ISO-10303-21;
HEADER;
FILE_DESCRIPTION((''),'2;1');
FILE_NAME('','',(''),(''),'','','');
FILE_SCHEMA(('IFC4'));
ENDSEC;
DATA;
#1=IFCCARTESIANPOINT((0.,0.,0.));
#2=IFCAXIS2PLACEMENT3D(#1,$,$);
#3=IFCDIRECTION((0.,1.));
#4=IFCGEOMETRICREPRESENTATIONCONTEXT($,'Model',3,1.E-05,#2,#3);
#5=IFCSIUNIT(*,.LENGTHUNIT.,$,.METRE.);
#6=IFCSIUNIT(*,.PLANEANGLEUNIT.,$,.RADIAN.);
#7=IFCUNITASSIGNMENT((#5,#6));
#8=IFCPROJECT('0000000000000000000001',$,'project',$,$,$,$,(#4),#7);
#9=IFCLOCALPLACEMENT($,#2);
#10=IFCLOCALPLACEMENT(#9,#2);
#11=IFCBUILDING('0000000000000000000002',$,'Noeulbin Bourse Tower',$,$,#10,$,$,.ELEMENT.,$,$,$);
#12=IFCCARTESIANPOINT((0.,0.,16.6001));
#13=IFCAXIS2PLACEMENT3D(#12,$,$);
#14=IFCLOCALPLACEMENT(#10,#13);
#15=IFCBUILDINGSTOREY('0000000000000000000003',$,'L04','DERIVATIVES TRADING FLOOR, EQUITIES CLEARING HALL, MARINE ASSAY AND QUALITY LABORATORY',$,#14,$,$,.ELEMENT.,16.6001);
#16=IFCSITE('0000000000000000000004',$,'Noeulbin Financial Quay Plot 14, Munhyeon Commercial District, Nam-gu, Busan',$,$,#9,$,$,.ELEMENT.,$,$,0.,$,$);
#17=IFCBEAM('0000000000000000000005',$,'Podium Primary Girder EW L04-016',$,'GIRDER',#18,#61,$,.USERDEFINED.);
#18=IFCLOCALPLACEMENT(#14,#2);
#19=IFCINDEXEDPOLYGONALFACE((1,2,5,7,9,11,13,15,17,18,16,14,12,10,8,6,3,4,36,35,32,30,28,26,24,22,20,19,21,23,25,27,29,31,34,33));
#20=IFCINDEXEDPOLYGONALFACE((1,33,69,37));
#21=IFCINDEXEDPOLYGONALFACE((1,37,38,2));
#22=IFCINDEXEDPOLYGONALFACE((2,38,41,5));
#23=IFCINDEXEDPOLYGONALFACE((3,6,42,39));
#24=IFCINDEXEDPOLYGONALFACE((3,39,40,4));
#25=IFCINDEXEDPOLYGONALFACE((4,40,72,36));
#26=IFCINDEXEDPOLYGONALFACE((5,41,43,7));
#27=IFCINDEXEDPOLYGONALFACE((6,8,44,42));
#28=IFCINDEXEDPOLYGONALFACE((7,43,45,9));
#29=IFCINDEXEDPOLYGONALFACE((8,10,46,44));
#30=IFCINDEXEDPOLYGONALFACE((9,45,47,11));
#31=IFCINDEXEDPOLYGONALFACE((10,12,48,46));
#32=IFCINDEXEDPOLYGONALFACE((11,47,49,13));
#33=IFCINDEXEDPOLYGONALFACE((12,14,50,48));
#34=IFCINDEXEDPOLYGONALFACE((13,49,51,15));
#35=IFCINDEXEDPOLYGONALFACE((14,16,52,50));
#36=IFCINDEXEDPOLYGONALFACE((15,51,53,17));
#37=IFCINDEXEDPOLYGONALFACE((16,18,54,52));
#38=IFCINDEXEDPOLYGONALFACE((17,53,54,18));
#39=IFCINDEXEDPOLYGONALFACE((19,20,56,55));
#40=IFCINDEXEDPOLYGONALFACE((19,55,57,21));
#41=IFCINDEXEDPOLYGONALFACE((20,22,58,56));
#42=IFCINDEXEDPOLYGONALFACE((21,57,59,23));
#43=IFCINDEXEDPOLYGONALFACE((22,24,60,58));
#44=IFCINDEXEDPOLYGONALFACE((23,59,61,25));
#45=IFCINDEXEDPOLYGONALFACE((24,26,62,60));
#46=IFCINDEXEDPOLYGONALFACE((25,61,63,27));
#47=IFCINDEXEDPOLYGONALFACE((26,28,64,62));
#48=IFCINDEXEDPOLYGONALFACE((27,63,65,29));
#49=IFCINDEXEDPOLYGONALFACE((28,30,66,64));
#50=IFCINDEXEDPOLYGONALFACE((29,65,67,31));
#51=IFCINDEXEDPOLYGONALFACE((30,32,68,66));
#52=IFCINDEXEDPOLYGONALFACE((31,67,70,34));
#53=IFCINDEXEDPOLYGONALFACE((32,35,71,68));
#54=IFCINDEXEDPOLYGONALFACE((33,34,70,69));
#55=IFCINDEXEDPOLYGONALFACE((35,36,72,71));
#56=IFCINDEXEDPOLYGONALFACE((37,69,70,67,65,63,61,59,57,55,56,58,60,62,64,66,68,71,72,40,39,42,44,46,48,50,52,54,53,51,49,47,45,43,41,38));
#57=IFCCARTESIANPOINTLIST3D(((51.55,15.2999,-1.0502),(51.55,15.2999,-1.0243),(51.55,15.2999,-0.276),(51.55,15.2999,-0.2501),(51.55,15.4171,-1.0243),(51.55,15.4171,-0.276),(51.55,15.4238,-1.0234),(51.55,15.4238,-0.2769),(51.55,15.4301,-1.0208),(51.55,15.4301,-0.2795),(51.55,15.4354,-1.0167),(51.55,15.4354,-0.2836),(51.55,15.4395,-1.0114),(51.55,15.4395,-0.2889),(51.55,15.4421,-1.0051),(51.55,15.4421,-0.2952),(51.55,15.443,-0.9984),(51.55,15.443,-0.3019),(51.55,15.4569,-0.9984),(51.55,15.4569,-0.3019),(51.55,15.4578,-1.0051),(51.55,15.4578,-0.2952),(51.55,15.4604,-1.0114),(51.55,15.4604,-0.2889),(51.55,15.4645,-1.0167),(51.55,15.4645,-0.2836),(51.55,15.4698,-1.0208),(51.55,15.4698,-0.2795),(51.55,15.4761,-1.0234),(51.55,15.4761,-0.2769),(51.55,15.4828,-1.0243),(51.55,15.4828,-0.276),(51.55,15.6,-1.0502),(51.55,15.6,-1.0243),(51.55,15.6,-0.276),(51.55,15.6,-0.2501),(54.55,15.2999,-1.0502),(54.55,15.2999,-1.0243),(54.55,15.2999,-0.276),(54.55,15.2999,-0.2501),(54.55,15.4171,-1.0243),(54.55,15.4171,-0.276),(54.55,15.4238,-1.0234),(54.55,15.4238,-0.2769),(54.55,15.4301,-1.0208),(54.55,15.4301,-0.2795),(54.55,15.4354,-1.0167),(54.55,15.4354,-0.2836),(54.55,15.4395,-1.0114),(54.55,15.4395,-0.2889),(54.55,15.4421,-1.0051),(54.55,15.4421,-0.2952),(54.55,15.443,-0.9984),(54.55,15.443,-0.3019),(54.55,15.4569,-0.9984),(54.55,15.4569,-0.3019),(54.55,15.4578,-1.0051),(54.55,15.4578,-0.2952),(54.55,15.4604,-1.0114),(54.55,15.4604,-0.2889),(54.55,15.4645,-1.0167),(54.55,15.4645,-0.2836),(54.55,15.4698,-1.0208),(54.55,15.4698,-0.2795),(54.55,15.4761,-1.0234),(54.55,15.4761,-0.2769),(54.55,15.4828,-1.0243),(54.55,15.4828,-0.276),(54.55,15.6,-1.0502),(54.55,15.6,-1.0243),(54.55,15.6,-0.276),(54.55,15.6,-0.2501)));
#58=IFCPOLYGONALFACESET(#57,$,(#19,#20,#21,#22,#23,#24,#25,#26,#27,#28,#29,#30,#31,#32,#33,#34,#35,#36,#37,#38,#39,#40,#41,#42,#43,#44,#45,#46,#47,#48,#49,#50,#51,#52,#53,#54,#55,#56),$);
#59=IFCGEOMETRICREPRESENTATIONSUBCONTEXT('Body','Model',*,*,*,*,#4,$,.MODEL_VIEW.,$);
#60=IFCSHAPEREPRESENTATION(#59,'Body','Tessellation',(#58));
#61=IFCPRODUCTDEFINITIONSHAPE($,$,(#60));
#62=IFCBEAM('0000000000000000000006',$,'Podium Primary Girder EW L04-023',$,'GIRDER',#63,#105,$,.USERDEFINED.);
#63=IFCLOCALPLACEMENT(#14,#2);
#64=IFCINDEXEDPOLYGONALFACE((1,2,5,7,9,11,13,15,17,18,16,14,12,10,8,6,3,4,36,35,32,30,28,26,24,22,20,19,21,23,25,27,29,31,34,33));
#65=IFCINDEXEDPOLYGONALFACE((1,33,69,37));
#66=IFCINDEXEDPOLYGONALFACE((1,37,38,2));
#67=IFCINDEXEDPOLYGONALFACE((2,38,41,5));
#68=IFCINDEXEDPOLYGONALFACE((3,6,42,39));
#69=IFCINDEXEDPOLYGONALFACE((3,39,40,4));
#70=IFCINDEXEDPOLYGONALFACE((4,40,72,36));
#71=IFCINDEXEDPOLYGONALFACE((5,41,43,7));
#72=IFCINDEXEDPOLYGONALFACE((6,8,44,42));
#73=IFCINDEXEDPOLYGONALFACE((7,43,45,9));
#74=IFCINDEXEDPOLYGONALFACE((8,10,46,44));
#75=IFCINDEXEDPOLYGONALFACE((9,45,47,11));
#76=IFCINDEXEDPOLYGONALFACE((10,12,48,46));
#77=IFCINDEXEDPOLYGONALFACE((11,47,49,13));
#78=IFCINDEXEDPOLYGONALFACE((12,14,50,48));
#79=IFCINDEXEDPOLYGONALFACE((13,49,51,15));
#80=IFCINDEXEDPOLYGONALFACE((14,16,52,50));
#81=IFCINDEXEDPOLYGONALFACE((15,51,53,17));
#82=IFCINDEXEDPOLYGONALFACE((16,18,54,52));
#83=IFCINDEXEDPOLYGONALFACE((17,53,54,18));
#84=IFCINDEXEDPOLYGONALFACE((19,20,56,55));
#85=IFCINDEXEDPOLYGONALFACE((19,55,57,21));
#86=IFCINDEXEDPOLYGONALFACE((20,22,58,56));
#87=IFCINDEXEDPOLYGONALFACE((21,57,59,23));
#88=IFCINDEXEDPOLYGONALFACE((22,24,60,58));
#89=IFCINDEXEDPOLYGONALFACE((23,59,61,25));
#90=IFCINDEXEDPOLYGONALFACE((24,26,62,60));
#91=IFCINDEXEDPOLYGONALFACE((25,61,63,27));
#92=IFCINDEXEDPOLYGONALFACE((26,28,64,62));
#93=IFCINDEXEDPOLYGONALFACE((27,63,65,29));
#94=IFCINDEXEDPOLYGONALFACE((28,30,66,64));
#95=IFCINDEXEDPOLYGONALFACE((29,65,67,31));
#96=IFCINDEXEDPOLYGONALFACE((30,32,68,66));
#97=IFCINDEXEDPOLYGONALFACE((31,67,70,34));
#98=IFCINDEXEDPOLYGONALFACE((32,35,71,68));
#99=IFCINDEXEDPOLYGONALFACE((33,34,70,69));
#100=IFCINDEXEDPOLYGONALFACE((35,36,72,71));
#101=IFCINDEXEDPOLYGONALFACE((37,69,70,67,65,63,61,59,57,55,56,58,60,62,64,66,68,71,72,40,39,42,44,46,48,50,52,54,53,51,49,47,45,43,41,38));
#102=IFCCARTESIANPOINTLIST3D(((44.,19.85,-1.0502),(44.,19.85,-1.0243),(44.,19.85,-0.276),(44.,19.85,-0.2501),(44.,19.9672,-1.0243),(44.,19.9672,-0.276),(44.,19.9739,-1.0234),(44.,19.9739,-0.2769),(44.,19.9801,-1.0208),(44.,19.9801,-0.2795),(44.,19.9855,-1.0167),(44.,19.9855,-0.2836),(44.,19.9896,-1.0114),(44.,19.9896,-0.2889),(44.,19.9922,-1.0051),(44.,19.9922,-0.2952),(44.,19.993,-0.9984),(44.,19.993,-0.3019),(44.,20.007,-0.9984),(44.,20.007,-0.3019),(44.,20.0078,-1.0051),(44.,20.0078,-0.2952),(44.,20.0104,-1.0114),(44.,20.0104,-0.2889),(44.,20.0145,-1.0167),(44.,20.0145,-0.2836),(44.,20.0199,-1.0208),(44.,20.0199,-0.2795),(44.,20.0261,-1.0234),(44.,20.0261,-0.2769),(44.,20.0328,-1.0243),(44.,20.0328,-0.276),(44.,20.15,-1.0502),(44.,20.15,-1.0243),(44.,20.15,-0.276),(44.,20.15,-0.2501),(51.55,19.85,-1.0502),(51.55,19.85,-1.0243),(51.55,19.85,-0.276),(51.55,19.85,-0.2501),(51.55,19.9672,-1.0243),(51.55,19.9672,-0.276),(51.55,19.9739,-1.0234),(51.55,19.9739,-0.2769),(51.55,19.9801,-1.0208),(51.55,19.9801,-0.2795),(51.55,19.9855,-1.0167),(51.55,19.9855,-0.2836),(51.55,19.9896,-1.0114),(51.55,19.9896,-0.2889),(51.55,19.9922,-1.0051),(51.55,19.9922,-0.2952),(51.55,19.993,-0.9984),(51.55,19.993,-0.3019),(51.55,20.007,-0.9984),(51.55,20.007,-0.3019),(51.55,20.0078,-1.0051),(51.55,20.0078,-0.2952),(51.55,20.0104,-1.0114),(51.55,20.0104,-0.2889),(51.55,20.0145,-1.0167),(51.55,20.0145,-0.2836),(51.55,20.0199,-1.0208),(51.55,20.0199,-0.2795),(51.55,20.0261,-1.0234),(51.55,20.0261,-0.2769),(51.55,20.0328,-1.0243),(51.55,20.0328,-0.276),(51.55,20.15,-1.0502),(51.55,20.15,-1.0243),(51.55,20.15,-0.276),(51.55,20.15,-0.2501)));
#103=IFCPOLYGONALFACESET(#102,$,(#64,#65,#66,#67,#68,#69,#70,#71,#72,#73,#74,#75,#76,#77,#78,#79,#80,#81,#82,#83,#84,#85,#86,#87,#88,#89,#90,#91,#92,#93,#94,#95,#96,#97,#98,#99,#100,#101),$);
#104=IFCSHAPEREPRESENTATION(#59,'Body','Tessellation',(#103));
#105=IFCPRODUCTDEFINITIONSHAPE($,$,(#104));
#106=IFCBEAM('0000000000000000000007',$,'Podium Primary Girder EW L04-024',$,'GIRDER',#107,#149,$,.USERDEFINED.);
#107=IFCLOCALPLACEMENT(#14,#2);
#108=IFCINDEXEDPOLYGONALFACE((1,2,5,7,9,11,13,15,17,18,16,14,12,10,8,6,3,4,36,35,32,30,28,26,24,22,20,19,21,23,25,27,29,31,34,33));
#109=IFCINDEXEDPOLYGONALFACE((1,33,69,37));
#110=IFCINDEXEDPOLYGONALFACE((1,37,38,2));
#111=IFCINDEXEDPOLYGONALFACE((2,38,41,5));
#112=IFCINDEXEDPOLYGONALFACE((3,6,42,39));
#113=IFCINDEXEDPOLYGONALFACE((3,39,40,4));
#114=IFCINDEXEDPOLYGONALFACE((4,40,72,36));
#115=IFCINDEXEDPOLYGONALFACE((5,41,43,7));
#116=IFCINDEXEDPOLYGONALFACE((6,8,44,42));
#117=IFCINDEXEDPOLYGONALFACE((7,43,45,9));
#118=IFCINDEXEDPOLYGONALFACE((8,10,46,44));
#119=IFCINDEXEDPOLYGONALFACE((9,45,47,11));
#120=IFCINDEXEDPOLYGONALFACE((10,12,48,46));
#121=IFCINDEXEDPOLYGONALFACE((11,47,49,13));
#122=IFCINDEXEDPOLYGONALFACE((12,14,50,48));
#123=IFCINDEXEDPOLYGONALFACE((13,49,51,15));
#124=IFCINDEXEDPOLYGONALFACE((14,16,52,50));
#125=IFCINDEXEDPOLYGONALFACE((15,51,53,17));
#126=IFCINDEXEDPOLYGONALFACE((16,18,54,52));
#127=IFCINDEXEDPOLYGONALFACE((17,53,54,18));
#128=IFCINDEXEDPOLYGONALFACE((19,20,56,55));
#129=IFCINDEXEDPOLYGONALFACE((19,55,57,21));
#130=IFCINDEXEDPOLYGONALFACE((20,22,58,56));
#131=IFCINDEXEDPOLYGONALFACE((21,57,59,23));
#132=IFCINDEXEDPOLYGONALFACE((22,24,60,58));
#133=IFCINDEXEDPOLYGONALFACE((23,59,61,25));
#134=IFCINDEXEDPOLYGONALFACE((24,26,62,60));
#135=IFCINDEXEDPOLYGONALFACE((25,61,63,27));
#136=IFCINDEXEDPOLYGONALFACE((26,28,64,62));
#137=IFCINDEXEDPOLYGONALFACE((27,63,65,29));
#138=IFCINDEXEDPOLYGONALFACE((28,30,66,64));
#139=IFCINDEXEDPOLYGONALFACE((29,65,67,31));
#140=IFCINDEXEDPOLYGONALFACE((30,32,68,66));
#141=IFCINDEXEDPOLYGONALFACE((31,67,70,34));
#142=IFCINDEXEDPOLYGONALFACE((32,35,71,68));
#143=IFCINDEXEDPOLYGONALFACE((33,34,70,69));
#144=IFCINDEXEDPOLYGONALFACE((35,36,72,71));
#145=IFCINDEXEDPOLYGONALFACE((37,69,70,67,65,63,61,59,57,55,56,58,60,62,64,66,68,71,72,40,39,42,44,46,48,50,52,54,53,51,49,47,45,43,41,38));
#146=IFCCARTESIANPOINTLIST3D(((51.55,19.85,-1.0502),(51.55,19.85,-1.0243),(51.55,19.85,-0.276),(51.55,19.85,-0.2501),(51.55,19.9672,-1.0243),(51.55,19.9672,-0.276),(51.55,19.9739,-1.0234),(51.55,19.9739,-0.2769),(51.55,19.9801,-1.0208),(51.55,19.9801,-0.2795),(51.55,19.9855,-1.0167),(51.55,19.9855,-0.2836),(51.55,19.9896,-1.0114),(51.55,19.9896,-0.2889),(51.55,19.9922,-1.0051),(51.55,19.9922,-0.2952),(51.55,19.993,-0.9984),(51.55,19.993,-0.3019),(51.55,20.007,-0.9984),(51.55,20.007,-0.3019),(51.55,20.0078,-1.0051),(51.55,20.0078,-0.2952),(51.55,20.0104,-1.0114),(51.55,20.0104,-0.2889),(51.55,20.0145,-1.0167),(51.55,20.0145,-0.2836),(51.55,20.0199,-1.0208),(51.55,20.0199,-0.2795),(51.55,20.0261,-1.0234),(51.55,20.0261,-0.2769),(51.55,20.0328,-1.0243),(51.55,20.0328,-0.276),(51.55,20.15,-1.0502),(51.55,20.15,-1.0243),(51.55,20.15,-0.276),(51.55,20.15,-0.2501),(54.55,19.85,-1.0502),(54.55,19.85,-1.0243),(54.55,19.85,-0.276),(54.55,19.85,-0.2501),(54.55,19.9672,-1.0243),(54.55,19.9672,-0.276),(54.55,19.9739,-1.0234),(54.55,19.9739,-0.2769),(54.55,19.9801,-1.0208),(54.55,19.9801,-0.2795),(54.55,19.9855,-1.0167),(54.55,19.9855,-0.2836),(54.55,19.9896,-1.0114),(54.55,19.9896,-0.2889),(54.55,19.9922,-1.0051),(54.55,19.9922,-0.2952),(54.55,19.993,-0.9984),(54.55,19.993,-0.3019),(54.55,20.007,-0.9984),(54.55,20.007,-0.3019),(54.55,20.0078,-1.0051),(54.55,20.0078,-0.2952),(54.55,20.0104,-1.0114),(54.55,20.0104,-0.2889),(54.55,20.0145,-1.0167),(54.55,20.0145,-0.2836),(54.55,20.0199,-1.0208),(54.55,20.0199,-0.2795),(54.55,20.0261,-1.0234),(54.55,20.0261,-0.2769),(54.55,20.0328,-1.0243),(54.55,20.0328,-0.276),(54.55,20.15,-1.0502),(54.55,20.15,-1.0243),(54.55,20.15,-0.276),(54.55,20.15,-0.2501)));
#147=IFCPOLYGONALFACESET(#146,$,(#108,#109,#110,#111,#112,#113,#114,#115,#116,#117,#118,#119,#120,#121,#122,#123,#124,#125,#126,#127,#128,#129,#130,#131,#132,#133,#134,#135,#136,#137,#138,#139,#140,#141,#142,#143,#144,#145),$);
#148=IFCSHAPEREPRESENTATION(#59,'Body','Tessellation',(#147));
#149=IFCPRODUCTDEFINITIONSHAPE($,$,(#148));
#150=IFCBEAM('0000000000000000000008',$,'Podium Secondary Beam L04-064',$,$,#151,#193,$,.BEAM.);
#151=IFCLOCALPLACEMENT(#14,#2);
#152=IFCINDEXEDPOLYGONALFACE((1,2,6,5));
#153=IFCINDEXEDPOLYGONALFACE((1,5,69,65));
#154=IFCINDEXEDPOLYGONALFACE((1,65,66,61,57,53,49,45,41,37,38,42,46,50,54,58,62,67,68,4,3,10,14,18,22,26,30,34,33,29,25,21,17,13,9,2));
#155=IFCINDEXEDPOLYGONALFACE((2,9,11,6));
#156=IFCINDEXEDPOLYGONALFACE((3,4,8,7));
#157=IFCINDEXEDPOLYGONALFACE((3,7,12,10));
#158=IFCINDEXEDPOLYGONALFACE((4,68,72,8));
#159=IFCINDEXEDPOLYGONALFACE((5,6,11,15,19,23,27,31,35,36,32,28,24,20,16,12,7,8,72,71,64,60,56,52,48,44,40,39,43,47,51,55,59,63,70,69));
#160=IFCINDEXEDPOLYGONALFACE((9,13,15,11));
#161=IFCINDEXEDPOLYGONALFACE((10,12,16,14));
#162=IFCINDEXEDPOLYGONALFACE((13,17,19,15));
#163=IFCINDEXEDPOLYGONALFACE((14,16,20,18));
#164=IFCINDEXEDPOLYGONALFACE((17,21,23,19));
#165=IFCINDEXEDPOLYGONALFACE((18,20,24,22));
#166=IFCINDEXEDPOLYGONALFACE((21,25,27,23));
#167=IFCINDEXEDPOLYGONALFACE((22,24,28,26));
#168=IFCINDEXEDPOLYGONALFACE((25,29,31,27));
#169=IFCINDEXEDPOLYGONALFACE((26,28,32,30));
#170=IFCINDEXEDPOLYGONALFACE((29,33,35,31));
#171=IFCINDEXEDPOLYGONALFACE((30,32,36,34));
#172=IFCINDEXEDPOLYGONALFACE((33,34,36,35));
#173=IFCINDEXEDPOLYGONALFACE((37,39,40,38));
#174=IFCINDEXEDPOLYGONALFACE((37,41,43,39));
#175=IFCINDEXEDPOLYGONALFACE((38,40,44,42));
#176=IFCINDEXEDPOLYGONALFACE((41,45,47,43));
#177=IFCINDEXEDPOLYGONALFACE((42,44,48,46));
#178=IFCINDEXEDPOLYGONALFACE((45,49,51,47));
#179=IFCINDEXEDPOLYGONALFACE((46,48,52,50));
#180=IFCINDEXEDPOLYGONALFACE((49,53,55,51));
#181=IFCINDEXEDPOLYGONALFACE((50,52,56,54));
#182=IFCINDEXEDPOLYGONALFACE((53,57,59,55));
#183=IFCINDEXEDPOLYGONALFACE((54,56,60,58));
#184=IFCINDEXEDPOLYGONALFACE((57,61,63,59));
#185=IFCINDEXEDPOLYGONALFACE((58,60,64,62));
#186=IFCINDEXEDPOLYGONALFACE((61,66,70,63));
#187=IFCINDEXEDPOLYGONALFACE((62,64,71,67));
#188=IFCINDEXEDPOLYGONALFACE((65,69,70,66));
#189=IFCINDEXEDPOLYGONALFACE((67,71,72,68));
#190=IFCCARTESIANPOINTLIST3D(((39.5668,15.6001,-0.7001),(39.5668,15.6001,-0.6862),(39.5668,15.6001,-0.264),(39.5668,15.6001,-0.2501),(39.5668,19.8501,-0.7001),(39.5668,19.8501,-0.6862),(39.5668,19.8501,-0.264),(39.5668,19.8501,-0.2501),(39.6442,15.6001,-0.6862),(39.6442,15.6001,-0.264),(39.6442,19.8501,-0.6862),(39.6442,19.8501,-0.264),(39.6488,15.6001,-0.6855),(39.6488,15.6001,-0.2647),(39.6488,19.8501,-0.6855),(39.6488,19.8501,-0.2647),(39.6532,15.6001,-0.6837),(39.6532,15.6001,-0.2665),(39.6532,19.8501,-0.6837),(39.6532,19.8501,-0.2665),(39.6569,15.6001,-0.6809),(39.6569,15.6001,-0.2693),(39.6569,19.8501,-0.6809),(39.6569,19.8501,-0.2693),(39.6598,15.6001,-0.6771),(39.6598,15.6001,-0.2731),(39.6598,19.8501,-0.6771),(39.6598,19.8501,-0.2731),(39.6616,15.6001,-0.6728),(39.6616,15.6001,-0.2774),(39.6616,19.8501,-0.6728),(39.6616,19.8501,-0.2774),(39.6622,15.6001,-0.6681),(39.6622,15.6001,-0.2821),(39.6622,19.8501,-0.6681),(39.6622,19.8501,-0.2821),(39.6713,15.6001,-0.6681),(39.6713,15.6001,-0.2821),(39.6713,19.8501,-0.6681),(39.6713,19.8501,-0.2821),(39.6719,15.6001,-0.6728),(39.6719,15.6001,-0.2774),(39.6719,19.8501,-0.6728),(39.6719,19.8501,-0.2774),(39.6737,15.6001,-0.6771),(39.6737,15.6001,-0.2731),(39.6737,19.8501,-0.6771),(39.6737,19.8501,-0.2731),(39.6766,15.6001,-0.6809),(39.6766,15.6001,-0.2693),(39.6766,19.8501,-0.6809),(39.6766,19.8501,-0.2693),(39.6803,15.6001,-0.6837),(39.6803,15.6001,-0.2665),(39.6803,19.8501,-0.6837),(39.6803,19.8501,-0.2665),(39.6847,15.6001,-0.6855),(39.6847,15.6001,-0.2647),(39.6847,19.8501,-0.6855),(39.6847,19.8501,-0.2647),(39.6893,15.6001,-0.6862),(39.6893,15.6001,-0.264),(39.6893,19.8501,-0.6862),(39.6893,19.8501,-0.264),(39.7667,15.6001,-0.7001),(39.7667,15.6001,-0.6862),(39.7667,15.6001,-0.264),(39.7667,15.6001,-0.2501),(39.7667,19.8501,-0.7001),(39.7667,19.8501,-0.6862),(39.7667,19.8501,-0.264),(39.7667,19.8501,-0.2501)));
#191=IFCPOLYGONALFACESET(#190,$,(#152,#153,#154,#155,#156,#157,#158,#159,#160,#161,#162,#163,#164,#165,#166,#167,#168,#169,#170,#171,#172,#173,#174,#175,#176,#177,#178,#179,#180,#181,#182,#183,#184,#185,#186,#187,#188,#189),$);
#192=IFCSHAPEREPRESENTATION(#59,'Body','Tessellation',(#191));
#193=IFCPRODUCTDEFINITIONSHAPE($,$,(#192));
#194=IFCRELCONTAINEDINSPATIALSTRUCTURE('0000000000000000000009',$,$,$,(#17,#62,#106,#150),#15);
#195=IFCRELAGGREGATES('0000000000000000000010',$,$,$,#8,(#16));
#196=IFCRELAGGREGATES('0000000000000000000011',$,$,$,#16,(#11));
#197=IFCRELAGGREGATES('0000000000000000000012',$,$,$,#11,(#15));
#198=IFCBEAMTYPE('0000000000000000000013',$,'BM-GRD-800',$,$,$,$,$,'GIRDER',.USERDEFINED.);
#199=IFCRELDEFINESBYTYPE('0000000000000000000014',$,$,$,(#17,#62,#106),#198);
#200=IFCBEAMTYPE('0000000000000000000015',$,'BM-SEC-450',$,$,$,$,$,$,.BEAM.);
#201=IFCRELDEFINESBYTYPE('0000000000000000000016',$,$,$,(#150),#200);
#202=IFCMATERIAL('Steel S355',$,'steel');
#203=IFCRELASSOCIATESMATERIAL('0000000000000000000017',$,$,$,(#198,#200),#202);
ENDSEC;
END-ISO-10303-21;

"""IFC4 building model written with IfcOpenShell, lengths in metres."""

from ifc_helpers import new_model, si_unit, direction, frame, origin, origin_2d, place, context, subcontext, project, spatial, i_section, extrude, material, material_profile, profile_set, type_object, element, save


model = new_model("IFC4")

# Units and contexts
model_context = context("Model", 3, precision=1e-05, world=origin(), true_north=direction((0.0, 1.0)))
body_context = subcontext(model_context, "Body", "Model", "MODEL_VIEW")
ifc_project = project(units=[si_unit("LENGTHUNIT", "METRE"), si_unit("PLANEANGLEUNIT", "RADIAN")], contexts=[model_context])

# Site, building, storey
site_placement = place(None, origin())
site = spatial("IfcSite", under=ifc_project, at=site_placement, Name="Noeulbin Financial Quay Plot 14, Munhyeon Commercial District, Nam-gu, Busan", CompositionType="ELEMENT", RefElevation=0.0)
building_placement = place(site_placement, origin())
building = spatial("IfcBuilding", under=site, at=building_placement, Name="Noeulbin Bourse Tower", CompositionType="ELEMENT")
storey_placement = place(building_placement, frame((0.0, 0.0, 16.6001)))
storey = spatial("IfcBuildingStorey", under=building, at=storey_placement, Name="L04", Description="DERIVATIVES TRADING FLOOR, EQUITIES CLEARING HALL, MARINE ASSAY AND QUALITY LABORATORY", CompositionType="ELEMENT", Elevation=16.6001)

# Beams
ifc_material_1 = material(Name="Steel S355", Category="steel")
ifc_material_profile_1 = material_profile(ifc_material_1, i_section(OverallWidth=0.3, OverallDepth=0.8, WebThickness=0.0139, FlangeThickness=0.0259, FilletRadius=0.0259, at=origin_2d()), Name="H-800x300x14x26", Category="LoadBearing")
ifc_profile_set_1 = profile_set([ifc_material_profile_1], Name="Steel S355")
beam_type_1 = type_object("IfcBeamType", Name="BM-GRD-800", ElementType="GIRDER", PredefinedType="USERDEFINED", material=ifc_profile_set_1)
beam_1_placement = place(storey_placement, frame((51.55, 15.45, -0.6501), z_axis=(1.0, 0.0, 0.0), x_axis=(0.0, 1.0, 0.0)))
element("IfcBeam", 1, at=beam_1_placement, inside=storey, type_object=beam_type_1, Name="Podium Primary Girder EW L04-016", ObjectType="GIRDER", PredefinedType="USERDEFINED", context=body_context, shape_type="SweptSolid", body=[
    extrude(i_section(OverallWidth=0.3, OverallDepth=0.8, WebThickness=0.0139, FlangeThickness=0.0259, FilletRadius=0.0259, at=origin_2d()), origin(), (0.0, 0.0, 1.0), 3.0),
])
beam_2_placement = place(storey_placement, frame((44.0, 20.0, -0.6501), z_axis=(1.0, 0.0, 0.0), x_axis=(0.0, 1.0, 0.0)))
element("IfcBeam", 2, at=beam_2_placement, inside=storey, type_object=beam_type_1, Name="Podium Primary Girder EW L04-023", ObjectType="GIRDER", PredefinedType="USERDEFINED", context=body_context, shape_type="SweptSolid", body=[
    extrude(i_section(OverallWidth=0.3, OverallDepth=0.8, WebThickness=0.0139, FlangeThickness=0.0259, FilletRadius=0.0259, at=origin_2d()), origin(), (0.0, 0.0, 1.0), 7.55),
])
beam_3_placement = place(storey_placement, frame((51.55, 20.0, -0.6501), z_axis=(1.0, 0.0, 0.0), x_axis=(0.0, 1.0, 0.0)))
element("IfcBeam", 3, at=beam_3_placement, inside=storey, type_object=beam_type_1, Name="Podium Primary Girder EW L04-024", ObjectType="GIRDER", PredefinedType="USERDEFINED", context=body_context, shape_type="SweptSolid", body=[
    extrude(i_section(OverallWidth=0.3, OverallDepth=0.8, WebThickness=0.0139, FlangeThickness=0.0259, FilletRadius=0.0259, at=origin_2d()), origin(), (0.0, 0.0, 1.0), 3.0),
])
ifc_material_profile_2 = material_profile(ifc_material_1, i_section(OverallWidth=0.2, OverallDepth=0.45, WebThickness=0.009, FlangeThickness=0.0139, FilletRadius=0.0181, at=origin_2d()), Name="H-450x200x9x14", Category="LoadBearing")
ifc_profile_set_2 = profile_set([ifc_material_profile_2], Name="Steel S355")
beam_type_2 = type_object("IfcBeamType", Name="BM-SEC-450", PredefinedType="BEAM", material=ifc_profile_set_2)
beam_4_placement = place(storey_placement, frame((39.6667, 15.6001, -0.4751), z_axis=(0.0, 1.0, 0.0), x_axis=(-1.0, 0.0, 0.0)))
element("IfcBeam", 4, at=beam_4_placement, inside=storey, type_object=beam_type_2, Name="Podium Secondary Beam L04-064", PredefinedType="BEAM", context=body_context, shape_type="SweptSolid", body=[
    extrude(i_section(OverallWidth=0.2, OverallDepth=0.45, WebThickness=0.009, FlangeThickness=0.0139, FilletRadius=0.0181, at=origin_2d()), origin(), (0.0, 0.0, 1.0), 4.25),
])

save(model, "model.ifc")
